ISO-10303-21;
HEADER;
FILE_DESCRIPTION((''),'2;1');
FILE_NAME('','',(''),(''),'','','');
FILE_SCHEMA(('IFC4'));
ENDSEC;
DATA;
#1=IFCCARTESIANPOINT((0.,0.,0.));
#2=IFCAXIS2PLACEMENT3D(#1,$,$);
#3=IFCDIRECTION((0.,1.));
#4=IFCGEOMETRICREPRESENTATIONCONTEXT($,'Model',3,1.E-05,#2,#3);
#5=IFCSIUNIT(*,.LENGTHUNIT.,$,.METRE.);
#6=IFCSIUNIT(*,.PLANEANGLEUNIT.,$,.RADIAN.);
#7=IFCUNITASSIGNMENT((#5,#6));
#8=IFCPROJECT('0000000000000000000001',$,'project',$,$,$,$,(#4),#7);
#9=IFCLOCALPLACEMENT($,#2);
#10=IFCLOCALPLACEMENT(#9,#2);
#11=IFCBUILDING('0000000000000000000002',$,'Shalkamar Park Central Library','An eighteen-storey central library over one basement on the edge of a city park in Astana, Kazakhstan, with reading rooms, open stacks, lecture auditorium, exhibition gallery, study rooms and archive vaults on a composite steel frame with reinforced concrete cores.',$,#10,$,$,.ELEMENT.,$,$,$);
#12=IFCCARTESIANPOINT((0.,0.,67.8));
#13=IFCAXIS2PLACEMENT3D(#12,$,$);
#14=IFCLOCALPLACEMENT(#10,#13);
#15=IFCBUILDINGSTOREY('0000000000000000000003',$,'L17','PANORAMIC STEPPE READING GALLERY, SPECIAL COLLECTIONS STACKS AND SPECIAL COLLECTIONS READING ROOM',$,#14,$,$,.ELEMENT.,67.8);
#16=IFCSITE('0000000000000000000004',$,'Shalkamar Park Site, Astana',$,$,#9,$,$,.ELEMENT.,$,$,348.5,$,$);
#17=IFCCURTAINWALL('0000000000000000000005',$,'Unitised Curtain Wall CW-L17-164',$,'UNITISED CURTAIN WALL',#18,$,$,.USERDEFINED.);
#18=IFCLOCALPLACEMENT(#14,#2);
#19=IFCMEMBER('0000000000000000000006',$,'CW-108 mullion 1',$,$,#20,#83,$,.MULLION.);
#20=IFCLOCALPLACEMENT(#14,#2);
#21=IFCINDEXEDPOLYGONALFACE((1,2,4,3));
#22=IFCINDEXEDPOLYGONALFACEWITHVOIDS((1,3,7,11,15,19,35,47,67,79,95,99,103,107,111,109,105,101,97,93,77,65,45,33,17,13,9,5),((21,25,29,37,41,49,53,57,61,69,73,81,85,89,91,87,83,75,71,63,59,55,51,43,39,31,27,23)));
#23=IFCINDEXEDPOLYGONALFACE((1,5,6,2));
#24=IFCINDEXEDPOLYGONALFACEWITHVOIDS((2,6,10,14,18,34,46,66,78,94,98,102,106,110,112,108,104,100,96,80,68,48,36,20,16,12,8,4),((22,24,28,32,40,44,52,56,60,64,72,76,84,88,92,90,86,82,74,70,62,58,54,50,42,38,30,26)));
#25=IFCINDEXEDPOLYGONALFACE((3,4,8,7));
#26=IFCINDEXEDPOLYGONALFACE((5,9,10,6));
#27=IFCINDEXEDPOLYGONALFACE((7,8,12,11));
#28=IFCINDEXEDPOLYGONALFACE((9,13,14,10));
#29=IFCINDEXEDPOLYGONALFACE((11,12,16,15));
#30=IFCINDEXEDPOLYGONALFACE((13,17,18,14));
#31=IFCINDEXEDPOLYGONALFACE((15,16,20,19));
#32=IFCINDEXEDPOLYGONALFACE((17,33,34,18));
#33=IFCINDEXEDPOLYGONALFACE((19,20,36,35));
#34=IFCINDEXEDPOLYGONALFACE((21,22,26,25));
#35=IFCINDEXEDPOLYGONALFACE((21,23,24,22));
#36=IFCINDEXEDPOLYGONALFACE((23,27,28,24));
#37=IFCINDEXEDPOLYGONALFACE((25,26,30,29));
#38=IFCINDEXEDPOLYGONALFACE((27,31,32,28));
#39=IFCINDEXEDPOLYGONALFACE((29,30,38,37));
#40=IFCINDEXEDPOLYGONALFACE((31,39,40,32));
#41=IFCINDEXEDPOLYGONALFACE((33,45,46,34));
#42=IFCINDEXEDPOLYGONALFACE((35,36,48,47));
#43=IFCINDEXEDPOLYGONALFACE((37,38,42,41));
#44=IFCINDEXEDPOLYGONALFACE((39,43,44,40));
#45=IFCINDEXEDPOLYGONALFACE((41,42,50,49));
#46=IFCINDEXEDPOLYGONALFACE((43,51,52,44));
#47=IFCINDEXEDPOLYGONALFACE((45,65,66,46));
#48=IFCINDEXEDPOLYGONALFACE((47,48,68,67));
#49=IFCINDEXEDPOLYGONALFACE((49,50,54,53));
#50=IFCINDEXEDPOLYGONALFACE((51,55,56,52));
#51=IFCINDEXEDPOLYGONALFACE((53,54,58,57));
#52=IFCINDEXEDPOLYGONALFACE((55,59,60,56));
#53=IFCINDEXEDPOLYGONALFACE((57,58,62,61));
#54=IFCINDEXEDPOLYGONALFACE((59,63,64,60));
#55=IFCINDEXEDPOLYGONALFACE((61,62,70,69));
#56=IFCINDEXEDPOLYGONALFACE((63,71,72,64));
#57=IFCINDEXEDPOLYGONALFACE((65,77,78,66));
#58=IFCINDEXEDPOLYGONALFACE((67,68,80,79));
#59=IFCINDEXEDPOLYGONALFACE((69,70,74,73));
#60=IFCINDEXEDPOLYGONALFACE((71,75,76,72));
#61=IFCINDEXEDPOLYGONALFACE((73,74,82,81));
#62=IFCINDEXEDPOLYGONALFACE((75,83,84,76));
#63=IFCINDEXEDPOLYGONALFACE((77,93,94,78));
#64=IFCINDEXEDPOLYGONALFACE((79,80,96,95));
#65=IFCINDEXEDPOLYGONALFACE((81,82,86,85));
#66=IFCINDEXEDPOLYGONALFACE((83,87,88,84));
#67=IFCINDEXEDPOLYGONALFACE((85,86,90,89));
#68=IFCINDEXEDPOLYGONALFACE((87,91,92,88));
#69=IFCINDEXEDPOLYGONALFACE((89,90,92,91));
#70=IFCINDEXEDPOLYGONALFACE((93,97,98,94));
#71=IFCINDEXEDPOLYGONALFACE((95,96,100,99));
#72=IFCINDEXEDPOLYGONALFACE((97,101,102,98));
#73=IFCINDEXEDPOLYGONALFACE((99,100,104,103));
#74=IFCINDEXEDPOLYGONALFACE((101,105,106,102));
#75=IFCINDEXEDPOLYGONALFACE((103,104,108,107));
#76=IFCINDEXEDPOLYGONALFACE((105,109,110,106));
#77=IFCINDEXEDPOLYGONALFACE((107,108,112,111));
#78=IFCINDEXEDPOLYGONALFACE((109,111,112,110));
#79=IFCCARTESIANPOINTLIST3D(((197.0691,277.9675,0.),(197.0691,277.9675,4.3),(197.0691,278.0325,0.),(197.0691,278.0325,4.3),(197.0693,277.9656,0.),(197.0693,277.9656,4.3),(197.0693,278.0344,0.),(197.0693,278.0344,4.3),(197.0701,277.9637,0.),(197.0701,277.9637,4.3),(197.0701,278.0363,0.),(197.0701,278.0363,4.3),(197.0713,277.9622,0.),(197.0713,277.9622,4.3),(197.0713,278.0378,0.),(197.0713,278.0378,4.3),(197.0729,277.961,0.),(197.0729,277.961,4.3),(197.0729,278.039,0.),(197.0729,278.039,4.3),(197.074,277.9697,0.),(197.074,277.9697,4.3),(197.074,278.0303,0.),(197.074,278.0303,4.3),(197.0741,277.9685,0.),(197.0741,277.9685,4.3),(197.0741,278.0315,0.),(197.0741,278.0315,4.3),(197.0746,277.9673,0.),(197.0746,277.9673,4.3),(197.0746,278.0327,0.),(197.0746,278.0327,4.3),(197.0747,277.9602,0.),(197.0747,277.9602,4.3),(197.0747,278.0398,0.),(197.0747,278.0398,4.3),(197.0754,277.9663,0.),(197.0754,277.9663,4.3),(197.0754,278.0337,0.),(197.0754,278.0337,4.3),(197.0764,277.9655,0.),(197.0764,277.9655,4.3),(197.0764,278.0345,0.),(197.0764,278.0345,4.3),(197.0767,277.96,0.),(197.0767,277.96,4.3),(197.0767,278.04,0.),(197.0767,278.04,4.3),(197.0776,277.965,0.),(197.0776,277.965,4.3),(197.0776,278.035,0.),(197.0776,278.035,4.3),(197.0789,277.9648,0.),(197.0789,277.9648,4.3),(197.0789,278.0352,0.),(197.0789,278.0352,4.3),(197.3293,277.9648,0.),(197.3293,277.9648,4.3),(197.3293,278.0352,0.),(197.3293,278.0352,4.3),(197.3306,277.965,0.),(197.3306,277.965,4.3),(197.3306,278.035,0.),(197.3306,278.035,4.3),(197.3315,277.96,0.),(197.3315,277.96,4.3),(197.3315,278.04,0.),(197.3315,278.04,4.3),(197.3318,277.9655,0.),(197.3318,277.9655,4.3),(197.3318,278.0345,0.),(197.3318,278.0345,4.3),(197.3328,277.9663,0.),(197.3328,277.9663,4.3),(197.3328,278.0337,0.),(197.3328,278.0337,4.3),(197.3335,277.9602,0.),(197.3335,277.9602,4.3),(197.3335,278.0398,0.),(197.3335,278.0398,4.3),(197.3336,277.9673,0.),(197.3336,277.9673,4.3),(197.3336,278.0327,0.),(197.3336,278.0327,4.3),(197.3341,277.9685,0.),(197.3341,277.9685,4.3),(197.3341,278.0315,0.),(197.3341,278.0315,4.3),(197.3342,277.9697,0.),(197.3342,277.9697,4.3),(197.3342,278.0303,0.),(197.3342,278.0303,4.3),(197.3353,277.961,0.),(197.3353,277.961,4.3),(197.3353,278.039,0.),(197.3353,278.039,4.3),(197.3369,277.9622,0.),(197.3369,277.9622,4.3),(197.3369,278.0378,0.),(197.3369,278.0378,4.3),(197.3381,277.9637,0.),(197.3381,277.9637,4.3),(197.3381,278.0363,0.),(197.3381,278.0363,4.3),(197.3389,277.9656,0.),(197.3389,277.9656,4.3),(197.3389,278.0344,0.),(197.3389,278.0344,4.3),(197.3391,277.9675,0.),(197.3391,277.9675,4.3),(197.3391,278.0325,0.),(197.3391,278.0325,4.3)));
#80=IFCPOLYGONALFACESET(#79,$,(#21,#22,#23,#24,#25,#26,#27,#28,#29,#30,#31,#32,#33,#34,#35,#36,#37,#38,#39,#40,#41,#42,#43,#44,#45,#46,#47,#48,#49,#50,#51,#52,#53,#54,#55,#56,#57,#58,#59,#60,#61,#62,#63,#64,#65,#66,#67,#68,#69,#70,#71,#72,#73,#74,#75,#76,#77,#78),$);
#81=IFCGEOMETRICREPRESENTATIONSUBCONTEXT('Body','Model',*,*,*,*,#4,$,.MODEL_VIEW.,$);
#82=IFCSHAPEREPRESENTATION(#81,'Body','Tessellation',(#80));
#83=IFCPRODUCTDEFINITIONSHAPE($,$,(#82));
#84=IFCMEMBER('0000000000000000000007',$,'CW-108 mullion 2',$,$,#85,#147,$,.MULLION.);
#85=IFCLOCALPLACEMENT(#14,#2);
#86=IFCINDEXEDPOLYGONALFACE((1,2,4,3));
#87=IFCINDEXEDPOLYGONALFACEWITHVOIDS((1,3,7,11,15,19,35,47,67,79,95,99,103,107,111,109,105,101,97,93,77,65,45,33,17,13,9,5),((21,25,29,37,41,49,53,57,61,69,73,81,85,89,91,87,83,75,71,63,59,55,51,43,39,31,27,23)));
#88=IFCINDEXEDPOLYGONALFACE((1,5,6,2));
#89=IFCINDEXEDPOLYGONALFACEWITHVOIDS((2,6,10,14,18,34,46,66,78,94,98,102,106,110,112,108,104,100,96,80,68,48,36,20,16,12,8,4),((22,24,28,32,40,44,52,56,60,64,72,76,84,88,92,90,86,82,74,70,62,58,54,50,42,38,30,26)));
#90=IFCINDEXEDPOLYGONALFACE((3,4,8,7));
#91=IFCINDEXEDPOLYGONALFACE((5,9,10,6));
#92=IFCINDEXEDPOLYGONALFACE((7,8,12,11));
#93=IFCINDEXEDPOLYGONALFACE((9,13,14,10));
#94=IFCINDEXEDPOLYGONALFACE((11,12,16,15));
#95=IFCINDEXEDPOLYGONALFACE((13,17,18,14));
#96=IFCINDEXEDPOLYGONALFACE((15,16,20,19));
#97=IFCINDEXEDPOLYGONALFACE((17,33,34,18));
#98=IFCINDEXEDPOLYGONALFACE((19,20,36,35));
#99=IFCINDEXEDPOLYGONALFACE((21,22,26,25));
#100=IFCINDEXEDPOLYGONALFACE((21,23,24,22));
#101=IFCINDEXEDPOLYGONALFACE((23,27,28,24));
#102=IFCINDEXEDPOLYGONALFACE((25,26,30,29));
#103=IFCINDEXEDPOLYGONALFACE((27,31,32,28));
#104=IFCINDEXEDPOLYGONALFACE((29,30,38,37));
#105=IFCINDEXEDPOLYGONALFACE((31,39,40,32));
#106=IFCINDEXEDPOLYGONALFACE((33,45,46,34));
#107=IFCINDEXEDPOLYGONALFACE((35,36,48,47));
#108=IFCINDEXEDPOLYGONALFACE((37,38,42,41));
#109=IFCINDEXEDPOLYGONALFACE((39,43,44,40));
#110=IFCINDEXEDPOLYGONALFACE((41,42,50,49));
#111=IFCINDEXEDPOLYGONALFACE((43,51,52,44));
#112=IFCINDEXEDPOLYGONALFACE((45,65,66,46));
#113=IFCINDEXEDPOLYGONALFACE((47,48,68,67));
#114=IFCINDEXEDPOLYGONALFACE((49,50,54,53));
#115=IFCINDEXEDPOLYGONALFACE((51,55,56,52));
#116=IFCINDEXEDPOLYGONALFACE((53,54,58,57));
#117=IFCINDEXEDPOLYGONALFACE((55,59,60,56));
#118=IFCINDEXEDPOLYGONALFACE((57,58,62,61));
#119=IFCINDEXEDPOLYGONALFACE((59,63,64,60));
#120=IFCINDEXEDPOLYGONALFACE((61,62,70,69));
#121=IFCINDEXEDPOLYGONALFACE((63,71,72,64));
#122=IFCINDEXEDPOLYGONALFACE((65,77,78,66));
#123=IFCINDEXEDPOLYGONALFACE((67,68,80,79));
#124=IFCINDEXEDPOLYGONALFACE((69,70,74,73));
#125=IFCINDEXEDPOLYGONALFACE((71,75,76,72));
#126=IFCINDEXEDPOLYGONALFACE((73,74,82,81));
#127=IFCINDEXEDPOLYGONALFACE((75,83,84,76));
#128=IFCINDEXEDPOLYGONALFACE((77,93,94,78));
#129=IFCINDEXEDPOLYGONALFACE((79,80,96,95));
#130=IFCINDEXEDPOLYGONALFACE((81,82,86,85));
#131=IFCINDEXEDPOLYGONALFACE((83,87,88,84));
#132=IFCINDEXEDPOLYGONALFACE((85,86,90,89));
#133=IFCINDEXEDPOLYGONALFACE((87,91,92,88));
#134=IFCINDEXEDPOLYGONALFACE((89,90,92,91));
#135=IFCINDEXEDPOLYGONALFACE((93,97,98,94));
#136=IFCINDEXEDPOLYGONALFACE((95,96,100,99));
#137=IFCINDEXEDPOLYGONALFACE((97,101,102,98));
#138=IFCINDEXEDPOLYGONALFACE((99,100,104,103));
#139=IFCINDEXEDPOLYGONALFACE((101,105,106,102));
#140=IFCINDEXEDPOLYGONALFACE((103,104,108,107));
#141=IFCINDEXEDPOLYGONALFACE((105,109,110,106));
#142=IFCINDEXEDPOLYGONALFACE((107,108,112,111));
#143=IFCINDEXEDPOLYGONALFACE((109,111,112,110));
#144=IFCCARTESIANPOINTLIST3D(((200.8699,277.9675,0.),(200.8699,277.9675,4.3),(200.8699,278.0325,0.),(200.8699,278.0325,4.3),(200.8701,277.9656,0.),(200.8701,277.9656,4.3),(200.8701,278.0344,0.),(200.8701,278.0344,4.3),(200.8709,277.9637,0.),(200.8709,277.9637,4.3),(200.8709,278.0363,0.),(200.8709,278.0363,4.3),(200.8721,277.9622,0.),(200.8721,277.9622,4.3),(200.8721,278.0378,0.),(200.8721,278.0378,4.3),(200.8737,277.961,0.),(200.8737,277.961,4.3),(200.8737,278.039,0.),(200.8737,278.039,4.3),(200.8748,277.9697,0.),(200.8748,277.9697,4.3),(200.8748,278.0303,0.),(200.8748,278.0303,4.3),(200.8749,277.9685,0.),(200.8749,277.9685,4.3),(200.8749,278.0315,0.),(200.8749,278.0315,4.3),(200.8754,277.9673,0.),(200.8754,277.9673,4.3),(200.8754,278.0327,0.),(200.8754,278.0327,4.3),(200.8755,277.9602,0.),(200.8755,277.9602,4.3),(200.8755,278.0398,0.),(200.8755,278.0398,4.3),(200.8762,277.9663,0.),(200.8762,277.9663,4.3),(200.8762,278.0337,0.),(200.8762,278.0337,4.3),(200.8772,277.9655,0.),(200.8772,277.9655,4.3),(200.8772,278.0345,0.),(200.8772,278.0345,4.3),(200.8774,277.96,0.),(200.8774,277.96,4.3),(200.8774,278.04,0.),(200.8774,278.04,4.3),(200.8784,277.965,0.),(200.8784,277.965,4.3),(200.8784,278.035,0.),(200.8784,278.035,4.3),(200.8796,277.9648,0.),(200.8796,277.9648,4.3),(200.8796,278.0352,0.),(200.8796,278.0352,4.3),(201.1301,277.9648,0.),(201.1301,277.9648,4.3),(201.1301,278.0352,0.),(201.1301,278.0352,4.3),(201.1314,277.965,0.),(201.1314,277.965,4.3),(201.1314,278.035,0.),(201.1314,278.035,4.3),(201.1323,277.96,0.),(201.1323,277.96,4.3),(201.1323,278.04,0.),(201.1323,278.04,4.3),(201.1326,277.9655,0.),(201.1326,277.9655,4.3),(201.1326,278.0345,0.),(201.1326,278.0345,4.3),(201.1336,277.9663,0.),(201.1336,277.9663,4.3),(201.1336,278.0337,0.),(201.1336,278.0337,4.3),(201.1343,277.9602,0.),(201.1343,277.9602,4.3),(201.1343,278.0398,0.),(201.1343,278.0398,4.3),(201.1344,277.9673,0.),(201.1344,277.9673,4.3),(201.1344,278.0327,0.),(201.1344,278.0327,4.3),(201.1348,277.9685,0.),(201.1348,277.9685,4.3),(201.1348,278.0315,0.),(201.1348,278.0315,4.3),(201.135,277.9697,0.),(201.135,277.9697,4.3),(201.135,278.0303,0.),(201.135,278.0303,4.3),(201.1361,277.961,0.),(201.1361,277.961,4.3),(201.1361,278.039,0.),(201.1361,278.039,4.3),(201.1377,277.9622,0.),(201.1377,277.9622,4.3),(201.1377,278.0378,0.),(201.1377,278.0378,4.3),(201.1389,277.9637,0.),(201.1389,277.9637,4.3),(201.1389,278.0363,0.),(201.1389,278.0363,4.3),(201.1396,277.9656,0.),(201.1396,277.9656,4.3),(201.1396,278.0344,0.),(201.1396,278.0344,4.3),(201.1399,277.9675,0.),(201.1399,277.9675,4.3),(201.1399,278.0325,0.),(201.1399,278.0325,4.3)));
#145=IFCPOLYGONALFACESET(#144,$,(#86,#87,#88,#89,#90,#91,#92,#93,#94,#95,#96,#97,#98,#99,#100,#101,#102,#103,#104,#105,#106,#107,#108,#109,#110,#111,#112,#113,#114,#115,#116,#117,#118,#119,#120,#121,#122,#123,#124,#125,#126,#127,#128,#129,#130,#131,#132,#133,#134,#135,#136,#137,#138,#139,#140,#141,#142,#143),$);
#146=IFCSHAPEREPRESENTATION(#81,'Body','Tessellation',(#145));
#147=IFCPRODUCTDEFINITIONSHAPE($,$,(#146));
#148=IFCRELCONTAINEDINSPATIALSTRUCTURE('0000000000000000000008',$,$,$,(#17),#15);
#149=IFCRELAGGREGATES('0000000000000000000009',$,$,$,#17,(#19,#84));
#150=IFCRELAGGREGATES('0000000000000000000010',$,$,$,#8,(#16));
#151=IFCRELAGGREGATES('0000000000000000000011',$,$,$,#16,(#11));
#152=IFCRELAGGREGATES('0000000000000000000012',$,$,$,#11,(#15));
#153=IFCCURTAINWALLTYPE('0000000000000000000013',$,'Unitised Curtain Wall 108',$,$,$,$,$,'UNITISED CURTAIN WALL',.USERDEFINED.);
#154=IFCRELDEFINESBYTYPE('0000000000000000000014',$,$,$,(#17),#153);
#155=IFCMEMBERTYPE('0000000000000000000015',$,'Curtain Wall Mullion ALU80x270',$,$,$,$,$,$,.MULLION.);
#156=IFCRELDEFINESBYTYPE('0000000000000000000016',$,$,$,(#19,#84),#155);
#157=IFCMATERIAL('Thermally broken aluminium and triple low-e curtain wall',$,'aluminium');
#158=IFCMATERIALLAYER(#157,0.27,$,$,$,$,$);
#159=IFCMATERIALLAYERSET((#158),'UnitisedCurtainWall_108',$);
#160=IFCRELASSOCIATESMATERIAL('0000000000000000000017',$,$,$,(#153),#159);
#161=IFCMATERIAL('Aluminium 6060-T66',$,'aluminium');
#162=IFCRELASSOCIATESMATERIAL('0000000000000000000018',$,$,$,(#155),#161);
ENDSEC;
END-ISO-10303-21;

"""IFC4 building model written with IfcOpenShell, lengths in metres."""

from ifc_helpers import new_model, si_unit, direction, frame, origin, origin_2d, place, context, subcontext, project, spatial, hollow_rectangle, extrude, material, layer, layer_set, material_profile, profile_set, type_object, element, aggregate, save


model = new_model("IFC4")

# Units and contexts
model_context = context("Model", 3, precision=1e-05, world=origin(), true_north=direction((0.0, 1.0)))
body_context = subcontext(model_context, "Body", "Model", "MODEL_VIEW")
ifc_project = project(units=[si_unit("LENGTHUNIT", "METRE"), si_unit("PLANEANGLEUNIT", "RADIAN")], contexts=[model_context])

# Site, building, storey
site_placement = place(None, origin())
site = spatial("IfcSite", under=ifc_project, at=site_placement, Name="Shalkamar Park Site, Astana", CompositionType="ELEMENT", RefElevation=348.5)
building_placement = place(site_placement, origin())
building = spatial("IfcBuilding", under=site, at=building_placement, Name="Shalkamar Park Central Library", Description="An eighteen-storey central library over one basement on the edge of a city park in Astana, Kazakhstan, with reading rooms, open stacks, lecture auditorium, exhibition gallery, study rooms and archive vaults on a composite steel frame with reinforced concrete cores.", CompositionType="ELEMENT")
storey_placement = place(building_placement, frame((0.0, 0.0, 67.8)))
storey = spatial("IfcBuildingStorey", under=building, at=storey_placement, Name="L17", Description="PANORAMIC STEPPE READING GALLERY, SPECIAL COLLECTIONS STACKS AND SPECIAL COLLECTIONS READING ROOM", CompositionType="ELEMENT", Elevation=67.8)

# Shared definitions
ifc_material_1 = material(Name="Thermally broken aluminium and triple low-e curtain wall", Category="aluminium")
ifc_material_2 = material(Name="Aluminium 6060-T66", Category="aluminium")

# Curtain wall, members
ifc_layer_1 = layer(ifc_material_1, 0.27)
ifc_layer_set_1 = layer_set([ifc_layer_1], Name="UnitisedCurtainWall_108")
curtain_wall_type_1 = type_object("IfcCurtainWallType", Name="Unitised Curtain Wall 108", ElementType="UNITISED CURTAIN WALL", PredefinedType="USERDEFINED", material=ifc_layer_set_1)
curtain_wall_1_placement = place(storey_placement, origin())
curtain_wall_1 = element("IfcCurtainWall", 1, at=curtain_wall_1_placement, inside=storey, type_object=curtain_wall_type_1, Name="Unitised Curtain Wall CW-L17-164", ObjectType="UNITISED CURTAIN WALL", PredefinedType="USERDEFINED")
ifc_material_profile_1 = material_profile(ifc_material_2, hollow_rectangle(XDim=0.0801, YDim=0.27, WallThickness=0.0049, InnerFilletRadius=0.0049, OuterFilletRadius=0.0076, at=origin_2d()), Name="ALU 80x270x5")
ifc_profile_set_1 = profile_set([ifc_material_profile_1], Name="Aluminium 6060-T66")
member_type_1 = type_object("IfcMemberType", Name="Curtain Wall Mullion ALU80x270", PredefinedType="MULLION", material=ifc_profile_set_1)
member_1_placement = place(storey_placement, frame((197.2041, 278.0, 0.0), z_axis=(0.0, 0.0, 1.0), x_axis=(0.0, 1.0, 0.0)))
member_1 = element("IfcMember", 2, at=member_1_placement, type_object=member_type_1, Name="CW-108 mullion 1", PredefinedType="MULLION", context=body_context, shape_type="SweptSolid", body=[
    extrude(hollow_rectangle(XDim=0.0801, YDim=0.27, WallThickness=0.0049, InnerFilletRadius=0.0049, OuterFilletRadius=0.0076, at=origin_2d()), origin(), (0.0, 0.0, 1.0), 4.3),
])
member_2_placement = place(storey_placement, frame((201.0049, 278.0, 0.0), z_axis=(0.0, 0.0, 1.0), x_axis=(0.0, 1.0, 0.0)))
member_2 = element("IfcMember", 3, at=member_2_placement, type_object=member_type_1, Name="CW-108 mullion 2", PredefinedType="MULLION", context=body_context, shape_type="SweptSolid", body=[
    extrude(hollow_rectangle(XDim=0.0801, YDim=0.27, WallThickness=0.0049, InnerFilletRadius=0.0049, OuterFilletRadius=0.0076, at=origin_2d()), origin(), (0.0, 0.0, 1.0), 4.3),
])

aggregate(curtain_wall_1, [member_1, member_2])

save(model, "model.ifc")
